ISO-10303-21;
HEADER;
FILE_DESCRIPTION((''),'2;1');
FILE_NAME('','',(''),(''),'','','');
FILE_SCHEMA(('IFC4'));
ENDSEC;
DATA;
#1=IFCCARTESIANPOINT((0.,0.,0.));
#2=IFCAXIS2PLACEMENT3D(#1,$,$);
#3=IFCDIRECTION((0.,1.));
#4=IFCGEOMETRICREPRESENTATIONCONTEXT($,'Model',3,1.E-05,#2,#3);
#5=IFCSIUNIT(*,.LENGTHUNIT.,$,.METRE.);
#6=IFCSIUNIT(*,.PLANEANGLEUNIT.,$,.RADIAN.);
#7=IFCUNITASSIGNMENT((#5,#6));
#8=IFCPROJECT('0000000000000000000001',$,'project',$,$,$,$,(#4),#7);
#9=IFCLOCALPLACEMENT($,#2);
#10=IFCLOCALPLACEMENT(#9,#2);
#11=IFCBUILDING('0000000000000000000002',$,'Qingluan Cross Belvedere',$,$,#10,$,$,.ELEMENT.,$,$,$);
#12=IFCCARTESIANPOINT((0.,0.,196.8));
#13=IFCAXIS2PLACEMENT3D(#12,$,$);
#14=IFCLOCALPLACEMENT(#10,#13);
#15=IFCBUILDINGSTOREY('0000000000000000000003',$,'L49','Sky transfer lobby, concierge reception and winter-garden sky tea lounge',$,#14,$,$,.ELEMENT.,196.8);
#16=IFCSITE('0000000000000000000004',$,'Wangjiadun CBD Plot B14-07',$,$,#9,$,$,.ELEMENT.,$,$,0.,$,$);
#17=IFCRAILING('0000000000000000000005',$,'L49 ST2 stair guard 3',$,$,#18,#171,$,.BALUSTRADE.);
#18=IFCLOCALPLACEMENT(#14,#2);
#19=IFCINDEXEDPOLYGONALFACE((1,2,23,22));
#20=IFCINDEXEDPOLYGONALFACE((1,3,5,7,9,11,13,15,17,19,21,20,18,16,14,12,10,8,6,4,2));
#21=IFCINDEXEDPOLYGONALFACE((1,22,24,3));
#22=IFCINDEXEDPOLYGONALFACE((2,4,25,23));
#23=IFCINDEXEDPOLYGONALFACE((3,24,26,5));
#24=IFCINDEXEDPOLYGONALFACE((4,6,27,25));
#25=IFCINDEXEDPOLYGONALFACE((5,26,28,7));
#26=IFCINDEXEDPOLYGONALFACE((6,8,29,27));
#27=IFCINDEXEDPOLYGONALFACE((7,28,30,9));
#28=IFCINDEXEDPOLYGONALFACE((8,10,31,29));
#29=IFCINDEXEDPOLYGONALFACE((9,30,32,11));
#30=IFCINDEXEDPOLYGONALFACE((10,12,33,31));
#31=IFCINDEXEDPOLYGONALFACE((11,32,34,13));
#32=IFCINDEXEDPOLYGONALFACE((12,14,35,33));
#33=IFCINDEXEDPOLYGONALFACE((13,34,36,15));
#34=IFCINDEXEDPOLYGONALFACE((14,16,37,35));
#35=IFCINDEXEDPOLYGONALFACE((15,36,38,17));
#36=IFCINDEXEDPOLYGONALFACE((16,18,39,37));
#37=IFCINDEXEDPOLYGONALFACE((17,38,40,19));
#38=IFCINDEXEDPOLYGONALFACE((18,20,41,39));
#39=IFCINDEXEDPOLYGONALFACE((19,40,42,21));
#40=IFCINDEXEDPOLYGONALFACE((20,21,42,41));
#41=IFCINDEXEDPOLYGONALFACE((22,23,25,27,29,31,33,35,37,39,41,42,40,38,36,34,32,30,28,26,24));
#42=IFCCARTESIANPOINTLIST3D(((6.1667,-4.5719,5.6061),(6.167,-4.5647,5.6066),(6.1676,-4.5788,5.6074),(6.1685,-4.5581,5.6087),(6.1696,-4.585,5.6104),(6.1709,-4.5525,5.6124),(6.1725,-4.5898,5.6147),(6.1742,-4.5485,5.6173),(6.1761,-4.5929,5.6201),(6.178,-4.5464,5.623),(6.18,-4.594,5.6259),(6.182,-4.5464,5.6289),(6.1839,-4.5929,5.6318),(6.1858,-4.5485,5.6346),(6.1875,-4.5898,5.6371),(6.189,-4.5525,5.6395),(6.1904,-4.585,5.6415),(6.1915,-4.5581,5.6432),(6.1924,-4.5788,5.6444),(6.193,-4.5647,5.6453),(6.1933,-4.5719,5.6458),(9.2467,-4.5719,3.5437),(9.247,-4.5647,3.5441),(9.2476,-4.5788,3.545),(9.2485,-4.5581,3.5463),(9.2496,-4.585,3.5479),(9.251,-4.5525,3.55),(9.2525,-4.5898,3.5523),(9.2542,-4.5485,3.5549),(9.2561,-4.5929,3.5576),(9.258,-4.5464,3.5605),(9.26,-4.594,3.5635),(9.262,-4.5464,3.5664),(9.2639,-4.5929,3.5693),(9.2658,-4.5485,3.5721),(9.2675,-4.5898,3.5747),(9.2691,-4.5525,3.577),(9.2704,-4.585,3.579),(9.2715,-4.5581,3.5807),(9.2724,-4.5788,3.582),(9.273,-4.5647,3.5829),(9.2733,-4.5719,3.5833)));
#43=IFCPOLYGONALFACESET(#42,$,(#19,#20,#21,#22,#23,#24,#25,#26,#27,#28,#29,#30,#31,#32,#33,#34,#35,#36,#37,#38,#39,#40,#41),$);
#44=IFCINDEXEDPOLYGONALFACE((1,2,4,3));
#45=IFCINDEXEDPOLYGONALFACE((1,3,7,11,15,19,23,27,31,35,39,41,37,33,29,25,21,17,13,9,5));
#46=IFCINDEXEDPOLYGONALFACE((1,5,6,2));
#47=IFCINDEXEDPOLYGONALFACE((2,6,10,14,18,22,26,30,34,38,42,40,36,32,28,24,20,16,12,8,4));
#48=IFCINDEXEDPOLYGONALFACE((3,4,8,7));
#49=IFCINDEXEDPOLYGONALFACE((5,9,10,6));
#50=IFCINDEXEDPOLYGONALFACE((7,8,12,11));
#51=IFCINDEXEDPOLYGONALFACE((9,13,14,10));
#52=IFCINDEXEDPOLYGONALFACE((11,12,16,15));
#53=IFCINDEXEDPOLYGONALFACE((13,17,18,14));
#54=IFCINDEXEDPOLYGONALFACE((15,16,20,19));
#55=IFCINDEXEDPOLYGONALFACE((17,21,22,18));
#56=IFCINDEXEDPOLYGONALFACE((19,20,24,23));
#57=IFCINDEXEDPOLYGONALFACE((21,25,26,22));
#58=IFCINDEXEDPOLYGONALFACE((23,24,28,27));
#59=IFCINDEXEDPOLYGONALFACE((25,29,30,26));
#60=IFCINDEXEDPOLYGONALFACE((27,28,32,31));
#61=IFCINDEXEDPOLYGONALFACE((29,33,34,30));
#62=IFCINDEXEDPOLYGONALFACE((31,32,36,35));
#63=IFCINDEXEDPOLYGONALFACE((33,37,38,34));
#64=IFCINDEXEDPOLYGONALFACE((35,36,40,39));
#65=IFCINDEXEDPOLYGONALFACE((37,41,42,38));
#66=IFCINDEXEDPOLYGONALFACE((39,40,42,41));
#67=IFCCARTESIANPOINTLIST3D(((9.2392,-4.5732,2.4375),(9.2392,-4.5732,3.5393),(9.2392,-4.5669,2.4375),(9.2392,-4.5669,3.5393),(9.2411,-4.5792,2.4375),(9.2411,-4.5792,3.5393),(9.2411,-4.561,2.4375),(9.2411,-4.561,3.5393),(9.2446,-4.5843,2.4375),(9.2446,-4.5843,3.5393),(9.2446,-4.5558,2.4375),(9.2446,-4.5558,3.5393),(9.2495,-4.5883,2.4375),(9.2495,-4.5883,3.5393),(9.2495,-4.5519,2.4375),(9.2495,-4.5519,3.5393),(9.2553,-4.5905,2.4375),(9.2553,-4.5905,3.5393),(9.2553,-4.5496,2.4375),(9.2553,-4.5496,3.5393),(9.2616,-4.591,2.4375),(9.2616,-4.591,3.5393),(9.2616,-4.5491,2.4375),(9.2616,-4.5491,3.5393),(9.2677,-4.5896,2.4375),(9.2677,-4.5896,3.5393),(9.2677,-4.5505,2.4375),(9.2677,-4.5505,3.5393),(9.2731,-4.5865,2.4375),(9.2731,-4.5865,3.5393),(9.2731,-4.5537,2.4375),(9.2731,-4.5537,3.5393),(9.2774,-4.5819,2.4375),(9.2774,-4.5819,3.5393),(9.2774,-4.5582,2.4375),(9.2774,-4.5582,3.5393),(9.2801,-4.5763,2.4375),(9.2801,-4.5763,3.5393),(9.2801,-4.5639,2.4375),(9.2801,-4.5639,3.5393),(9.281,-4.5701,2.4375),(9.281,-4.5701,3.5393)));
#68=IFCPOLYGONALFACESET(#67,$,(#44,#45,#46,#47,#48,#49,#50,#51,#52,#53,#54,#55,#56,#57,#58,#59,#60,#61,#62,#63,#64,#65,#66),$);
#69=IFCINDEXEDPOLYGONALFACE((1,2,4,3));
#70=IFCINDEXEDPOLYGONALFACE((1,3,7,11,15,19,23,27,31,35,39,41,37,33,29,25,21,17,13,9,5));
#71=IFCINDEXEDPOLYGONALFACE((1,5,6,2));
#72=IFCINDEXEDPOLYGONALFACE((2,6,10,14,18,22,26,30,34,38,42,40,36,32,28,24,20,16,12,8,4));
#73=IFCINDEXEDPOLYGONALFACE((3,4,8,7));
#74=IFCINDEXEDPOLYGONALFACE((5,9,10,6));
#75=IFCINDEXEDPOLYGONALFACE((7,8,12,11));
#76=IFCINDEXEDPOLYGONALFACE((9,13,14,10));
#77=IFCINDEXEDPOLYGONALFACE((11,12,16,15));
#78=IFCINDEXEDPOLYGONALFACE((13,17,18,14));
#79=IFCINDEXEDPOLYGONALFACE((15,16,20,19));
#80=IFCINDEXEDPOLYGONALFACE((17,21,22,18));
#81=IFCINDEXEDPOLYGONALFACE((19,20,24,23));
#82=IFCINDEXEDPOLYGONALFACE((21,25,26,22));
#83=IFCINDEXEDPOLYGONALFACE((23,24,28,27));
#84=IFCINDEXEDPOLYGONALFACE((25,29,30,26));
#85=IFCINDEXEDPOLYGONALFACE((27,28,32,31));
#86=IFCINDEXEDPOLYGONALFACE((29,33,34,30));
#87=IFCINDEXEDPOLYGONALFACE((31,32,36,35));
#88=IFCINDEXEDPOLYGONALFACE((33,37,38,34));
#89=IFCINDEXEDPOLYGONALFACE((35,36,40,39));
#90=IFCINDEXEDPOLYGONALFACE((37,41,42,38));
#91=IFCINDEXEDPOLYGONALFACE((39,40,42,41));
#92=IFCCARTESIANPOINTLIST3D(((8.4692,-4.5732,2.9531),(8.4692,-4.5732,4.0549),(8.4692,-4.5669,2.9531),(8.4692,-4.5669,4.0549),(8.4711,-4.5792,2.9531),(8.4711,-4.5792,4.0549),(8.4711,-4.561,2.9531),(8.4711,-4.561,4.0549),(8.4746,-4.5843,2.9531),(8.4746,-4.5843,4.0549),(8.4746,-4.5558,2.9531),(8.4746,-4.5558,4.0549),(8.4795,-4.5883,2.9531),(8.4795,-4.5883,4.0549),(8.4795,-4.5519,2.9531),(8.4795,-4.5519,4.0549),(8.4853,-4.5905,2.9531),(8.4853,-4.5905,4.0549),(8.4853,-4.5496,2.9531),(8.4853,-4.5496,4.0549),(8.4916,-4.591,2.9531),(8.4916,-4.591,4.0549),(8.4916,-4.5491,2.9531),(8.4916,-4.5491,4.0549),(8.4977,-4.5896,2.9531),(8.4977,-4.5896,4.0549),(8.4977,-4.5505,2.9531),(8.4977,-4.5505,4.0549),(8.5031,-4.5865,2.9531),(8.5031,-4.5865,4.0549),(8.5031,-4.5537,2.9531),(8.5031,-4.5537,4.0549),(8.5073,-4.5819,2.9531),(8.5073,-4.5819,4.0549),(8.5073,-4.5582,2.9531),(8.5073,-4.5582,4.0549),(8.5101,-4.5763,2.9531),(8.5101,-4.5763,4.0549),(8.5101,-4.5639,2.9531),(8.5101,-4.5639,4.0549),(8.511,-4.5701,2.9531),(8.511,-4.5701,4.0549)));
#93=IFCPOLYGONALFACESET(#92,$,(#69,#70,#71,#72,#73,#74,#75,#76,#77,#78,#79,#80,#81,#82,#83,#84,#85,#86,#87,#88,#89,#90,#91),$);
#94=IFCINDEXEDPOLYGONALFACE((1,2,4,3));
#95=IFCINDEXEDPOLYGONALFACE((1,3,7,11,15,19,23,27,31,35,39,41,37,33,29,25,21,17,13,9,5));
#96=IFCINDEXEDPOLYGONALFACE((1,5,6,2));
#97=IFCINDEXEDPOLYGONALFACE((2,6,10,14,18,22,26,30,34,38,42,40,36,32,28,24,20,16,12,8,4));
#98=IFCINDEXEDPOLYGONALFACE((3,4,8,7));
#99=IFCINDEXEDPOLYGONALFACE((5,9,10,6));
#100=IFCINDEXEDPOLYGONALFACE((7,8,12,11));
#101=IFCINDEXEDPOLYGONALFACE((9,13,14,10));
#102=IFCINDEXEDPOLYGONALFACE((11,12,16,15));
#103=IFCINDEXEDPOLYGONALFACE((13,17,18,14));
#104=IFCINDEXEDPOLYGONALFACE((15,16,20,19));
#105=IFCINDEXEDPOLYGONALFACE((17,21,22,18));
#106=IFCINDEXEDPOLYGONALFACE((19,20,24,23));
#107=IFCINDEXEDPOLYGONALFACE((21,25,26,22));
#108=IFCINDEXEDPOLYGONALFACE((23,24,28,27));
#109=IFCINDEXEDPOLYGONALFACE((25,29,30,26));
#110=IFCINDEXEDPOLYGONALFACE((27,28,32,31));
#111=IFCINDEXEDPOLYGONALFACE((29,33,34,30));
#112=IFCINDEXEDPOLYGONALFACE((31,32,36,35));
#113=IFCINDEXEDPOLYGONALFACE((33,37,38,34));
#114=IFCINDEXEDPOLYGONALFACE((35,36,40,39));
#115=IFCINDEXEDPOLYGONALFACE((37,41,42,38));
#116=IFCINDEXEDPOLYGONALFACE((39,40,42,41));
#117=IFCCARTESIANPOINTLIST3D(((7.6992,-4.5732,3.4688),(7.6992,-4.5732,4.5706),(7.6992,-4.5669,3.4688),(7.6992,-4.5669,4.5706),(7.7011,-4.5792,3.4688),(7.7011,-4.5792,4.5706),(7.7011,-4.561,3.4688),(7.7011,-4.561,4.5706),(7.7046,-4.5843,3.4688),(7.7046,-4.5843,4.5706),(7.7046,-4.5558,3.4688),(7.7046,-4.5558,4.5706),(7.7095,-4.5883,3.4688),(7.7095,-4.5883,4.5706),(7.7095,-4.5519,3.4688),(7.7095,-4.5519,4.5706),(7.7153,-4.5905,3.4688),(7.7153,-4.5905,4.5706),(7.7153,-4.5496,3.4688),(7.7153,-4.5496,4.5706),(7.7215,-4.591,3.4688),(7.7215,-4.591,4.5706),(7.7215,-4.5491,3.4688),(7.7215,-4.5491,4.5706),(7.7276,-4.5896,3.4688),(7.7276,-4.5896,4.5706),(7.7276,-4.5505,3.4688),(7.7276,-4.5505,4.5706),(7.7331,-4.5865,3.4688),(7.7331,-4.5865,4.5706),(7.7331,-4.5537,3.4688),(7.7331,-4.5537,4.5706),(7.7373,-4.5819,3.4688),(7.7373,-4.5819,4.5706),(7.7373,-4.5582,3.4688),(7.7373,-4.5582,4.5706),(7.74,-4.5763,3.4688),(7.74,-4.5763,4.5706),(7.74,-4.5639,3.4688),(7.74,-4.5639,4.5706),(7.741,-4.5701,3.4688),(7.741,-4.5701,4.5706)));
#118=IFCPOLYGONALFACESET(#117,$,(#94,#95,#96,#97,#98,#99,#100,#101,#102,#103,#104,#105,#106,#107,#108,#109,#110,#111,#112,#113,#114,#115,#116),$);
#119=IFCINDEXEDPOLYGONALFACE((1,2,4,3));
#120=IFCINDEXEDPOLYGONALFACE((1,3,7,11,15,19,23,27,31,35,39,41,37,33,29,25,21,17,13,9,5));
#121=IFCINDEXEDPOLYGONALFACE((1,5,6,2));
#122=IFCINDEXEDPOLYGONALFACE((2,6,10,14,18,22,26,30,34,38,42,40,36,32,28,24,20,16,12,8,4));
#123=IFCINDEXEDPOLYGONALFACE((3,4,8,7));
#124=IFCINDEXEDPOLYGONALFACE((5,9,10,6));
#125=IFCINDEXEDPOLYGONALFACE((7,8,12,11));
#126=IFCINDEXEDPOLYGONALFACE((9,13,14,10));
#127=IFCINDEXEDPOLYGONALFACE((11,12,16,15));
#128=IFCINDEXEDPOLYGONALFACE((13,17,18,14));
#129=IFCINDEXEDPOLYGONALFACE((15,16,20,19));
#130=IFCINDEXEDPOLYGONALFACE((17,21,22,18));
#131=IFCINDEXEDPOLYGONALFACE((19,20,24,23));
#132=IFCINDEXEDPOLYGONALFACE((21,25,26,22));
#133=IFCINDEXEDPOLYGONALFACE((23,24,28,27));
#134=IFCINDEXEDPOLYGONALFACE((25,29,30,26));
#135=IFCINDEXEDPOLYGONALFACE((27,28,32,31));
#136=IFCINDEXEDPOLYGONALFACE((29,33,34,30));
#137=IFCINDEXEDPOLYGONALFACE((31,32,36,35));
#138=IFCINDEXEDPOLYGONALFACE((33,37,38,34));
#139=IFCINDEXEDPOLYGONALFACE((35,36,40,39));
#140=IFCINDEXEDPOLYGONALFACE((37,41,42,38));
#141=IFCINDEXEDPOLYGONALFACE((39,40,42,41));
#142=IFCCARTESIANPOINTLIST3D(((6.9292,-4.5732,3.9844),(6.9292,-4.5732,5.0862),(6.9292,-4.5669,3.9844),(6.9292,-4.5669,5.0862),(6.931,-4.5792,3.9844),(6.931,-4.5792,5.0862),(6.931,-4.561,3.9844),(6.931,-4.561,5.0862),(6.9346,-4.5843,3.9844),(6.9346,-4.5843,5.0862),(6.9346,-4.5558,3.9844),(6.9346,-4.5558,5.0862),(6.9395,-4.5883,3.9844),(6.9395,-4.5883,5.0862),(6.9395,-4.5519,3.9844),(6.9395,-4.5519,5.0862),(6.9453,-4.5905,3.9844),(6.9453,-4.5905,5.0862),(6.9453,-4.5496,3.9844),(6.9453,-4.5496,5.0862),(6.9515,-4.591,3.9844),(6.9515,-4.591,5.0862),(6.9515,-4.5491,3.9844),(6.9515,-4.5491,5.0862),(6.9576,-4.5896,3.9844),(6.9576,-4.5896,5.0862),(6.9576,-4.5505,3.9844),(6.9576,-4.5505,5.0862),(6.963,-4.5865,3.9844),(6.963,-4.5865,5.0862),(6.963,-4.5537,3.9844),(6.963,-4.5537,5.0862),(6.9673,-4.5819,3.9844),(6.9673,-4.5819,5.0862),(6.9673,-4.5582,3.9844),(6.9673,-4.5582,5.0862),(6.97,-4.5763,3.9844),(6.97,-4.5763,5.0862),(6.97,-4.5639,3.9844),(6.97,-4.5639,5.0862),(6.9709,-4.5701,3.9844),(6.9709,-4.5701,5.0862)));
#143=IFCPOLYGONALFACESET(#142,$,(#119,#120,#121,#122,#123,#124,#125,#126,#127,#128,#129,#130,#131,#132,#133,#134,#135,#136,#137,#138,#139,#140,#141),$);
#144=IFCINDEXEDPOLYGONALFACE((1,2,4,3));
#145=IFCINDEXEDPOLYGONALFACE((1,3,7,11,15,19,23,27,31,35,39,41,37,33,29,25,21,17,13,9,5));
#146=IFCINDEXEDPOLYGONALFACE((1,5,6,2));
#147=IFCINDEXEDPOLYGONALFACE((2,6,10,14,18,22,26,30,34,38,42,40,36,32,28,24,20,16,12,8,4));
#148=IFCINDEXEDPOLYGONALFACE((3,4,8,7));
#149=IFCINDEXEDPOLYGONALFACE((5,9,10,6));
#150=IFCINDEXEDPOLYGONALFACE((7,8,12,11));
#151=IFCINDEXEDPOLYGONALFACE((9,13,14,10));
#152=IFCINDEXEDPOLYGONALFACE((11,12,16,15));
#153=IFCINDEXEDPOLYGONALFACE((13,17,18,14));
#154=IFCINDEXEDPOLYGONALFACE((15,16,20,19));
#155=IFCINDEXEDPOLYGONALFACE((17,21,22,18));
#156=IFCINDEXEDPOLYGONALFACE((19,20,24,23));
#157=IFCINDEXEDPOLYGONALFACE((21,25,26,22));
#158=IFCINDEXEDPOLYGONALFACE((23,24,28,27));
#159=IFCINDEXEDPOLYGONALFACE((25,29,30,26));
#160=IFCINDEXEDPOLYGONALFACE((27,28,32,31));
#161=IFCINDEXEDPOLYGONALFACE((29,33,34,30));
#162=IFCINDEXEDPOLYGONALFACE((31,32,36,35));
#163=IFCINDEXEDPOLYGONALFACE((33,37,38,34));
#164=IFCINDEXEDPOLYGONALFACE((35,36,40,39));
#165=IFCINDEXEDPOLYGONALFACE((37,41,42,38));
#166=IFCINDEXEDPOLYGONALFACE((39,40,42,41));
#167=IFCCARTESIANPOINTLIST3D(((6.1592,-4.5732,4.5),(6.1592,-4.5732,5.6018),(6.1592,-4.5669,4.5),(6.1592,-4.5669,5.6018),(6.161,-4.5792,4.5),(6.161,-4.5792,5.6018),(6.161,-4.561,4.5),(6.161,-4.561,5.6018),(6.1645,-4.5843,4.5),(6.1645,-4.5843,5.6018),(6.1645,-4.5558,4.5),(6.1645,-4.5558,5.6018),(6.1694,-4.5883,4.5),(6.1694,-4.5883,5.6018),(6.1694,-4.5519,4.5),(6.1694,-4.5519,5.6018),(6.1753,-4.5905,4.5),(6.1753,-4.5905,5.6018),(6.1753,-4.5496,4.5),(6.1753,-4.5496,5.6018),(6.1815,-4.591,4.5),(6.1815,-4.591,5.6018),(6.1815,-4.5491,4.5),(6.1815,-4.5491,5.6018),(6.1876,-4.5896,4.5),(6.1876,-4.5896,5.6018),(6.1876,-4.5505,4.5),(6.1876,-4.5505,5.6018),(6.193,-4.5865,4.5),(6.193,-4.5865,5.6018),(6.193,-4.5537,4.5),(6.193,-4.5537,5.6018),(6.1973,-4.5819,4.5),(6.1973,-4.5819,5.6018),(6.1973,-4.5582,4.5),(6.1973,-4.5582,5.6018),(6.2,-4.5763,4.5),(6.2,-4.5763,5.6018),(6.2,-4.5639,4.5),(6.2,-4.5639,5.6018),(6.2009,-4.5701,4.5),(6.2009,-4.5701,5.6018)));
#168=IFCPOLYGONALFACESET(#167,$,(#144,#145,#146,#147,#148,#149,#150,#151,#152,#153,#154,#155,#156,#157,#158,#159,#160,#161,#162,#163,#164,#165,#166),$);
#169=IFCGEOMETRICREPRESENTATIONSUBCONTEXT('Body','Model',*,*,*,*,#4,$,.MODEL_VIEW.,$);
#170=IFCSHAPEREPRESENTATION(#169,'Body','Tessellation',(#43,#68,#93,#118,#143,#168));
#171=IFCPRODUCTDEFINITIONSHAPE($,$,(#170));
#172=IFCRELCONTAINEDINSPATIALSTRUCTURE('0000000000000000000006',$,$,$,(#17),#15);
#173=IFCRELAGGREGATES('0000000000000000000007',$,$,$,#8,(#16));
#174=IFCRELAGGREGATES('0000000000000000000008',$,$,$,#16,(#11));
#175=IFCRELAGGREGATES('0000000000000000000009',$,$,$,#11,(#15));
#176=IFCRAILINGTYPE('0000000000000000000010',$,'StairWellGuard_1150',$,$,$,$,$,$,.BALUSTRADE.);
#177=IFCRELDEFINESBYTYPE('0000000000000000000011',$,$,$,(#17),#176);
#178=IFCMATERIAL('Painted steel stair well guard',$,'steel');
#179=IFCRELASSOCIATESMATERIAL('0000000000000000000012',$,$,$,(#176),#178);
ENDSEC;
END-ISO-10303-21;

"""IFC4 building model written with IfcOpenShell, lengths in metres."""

from ifc_helpers import new_model, si_unit, direction, frame, origin, origin_2d, place, context, subcontext, project, spatial, circle, extrude, material, type_object, element, save


model = new_model("IFC4")

# Units and contexts
model_context = context("Model", 3, precision=1e-05, world=origin(), true_north=direction((0.0, 1.0)))
body_context = subcontext(model_context, "Body", "Model", "MODEL_VIEW")
ifc_project = project(units=[si_unit("LENGTHUNIT", "METRE"), si_unit("PLANEANGLEUNIT", "RADIAN")], contexts=[model_context])

# Site, building, storey
site_placement = place(None, origin())
site = spatial("IfcSite", under=ifc_project, at=site_placement, Name="Wangjiadun CBD Plot B14-07", CompositionType="ELEMENT", RefElevation=0.0)
building_placement = place(site_placement, origin())
building = spatial("IfcBuilding", under=site, at=building_placement, Name="Qingluan Cross Belvedere", CompositionType="ELEMENT")
storey_placement = place(building_placement, frame((0.0, 0.0, 196.8)))
storey = spatial("IfcBuildingStorey", under=building, at=storey_placement, Name="L49", Description="Sky transfer lobby, concierge reception and winter-garden sky tea lounge", CompositionType="ELEMENT", Elevation=196.8)

# Railing
ifc_material_1 = material(Name="Painted steel stair well guard", Category="steel")
railing_type_1 = type_object("IfcRailingType", Name="StairWellGuard_1150", PredefinedType="BALUSTRADE", material=ifc_material_1)
railing_1_placement = place(storey_placement, frame((9.26, -4.5701, 2.4375)))
element("IfcRailing", 1, at=railing_1_placement, inside=storey, type_object=railing_type_1, Name="L49 ST2 stair guard 3", PredefinedType="BALUSTRADE", context=body_context, shape_type="SweptSolid", body=[
    extrude(circle(Radius=0.0239, at=origin_2d()), frame((0.0, 0.0, 1.126), z_axis=(-0.830914, 0.0, 0.556401), x_axis=(0.0, -1.0, 0.0)), (0.0, 0.0, 1.0), 3.7068),
    extrude(circle(Radius=0.021, at=origin_2d()), origin(), (0.0, 0.0, 1.0), 1.1018),
    extrude(circle(Radius=0.021, at=origin_2d()), frame((-0.77, 0.0, 0.5156)), (0.0, 0.0, 1.0), 1.1018),
    extrude(circle(Radius=0.021, at=origin_2d()), frame((-1.54, 0.0, 1.0312)), (0.0, 0.0, 1.0), 1.1018),
    extrude(circle(Radius=0.021, at=origin_2d()), frame((-2.3101, 0.0, 1.5469)), (0.0, 0.0, 1.0), 1.1018),
    extrude(circle(Radius=0.021, at=origin_2d()), frame((-3.0801, 0.0, 2.0625)), (0.0, 0.0, 1.0), 1.1018),
])

save(model, "model.ifc")
